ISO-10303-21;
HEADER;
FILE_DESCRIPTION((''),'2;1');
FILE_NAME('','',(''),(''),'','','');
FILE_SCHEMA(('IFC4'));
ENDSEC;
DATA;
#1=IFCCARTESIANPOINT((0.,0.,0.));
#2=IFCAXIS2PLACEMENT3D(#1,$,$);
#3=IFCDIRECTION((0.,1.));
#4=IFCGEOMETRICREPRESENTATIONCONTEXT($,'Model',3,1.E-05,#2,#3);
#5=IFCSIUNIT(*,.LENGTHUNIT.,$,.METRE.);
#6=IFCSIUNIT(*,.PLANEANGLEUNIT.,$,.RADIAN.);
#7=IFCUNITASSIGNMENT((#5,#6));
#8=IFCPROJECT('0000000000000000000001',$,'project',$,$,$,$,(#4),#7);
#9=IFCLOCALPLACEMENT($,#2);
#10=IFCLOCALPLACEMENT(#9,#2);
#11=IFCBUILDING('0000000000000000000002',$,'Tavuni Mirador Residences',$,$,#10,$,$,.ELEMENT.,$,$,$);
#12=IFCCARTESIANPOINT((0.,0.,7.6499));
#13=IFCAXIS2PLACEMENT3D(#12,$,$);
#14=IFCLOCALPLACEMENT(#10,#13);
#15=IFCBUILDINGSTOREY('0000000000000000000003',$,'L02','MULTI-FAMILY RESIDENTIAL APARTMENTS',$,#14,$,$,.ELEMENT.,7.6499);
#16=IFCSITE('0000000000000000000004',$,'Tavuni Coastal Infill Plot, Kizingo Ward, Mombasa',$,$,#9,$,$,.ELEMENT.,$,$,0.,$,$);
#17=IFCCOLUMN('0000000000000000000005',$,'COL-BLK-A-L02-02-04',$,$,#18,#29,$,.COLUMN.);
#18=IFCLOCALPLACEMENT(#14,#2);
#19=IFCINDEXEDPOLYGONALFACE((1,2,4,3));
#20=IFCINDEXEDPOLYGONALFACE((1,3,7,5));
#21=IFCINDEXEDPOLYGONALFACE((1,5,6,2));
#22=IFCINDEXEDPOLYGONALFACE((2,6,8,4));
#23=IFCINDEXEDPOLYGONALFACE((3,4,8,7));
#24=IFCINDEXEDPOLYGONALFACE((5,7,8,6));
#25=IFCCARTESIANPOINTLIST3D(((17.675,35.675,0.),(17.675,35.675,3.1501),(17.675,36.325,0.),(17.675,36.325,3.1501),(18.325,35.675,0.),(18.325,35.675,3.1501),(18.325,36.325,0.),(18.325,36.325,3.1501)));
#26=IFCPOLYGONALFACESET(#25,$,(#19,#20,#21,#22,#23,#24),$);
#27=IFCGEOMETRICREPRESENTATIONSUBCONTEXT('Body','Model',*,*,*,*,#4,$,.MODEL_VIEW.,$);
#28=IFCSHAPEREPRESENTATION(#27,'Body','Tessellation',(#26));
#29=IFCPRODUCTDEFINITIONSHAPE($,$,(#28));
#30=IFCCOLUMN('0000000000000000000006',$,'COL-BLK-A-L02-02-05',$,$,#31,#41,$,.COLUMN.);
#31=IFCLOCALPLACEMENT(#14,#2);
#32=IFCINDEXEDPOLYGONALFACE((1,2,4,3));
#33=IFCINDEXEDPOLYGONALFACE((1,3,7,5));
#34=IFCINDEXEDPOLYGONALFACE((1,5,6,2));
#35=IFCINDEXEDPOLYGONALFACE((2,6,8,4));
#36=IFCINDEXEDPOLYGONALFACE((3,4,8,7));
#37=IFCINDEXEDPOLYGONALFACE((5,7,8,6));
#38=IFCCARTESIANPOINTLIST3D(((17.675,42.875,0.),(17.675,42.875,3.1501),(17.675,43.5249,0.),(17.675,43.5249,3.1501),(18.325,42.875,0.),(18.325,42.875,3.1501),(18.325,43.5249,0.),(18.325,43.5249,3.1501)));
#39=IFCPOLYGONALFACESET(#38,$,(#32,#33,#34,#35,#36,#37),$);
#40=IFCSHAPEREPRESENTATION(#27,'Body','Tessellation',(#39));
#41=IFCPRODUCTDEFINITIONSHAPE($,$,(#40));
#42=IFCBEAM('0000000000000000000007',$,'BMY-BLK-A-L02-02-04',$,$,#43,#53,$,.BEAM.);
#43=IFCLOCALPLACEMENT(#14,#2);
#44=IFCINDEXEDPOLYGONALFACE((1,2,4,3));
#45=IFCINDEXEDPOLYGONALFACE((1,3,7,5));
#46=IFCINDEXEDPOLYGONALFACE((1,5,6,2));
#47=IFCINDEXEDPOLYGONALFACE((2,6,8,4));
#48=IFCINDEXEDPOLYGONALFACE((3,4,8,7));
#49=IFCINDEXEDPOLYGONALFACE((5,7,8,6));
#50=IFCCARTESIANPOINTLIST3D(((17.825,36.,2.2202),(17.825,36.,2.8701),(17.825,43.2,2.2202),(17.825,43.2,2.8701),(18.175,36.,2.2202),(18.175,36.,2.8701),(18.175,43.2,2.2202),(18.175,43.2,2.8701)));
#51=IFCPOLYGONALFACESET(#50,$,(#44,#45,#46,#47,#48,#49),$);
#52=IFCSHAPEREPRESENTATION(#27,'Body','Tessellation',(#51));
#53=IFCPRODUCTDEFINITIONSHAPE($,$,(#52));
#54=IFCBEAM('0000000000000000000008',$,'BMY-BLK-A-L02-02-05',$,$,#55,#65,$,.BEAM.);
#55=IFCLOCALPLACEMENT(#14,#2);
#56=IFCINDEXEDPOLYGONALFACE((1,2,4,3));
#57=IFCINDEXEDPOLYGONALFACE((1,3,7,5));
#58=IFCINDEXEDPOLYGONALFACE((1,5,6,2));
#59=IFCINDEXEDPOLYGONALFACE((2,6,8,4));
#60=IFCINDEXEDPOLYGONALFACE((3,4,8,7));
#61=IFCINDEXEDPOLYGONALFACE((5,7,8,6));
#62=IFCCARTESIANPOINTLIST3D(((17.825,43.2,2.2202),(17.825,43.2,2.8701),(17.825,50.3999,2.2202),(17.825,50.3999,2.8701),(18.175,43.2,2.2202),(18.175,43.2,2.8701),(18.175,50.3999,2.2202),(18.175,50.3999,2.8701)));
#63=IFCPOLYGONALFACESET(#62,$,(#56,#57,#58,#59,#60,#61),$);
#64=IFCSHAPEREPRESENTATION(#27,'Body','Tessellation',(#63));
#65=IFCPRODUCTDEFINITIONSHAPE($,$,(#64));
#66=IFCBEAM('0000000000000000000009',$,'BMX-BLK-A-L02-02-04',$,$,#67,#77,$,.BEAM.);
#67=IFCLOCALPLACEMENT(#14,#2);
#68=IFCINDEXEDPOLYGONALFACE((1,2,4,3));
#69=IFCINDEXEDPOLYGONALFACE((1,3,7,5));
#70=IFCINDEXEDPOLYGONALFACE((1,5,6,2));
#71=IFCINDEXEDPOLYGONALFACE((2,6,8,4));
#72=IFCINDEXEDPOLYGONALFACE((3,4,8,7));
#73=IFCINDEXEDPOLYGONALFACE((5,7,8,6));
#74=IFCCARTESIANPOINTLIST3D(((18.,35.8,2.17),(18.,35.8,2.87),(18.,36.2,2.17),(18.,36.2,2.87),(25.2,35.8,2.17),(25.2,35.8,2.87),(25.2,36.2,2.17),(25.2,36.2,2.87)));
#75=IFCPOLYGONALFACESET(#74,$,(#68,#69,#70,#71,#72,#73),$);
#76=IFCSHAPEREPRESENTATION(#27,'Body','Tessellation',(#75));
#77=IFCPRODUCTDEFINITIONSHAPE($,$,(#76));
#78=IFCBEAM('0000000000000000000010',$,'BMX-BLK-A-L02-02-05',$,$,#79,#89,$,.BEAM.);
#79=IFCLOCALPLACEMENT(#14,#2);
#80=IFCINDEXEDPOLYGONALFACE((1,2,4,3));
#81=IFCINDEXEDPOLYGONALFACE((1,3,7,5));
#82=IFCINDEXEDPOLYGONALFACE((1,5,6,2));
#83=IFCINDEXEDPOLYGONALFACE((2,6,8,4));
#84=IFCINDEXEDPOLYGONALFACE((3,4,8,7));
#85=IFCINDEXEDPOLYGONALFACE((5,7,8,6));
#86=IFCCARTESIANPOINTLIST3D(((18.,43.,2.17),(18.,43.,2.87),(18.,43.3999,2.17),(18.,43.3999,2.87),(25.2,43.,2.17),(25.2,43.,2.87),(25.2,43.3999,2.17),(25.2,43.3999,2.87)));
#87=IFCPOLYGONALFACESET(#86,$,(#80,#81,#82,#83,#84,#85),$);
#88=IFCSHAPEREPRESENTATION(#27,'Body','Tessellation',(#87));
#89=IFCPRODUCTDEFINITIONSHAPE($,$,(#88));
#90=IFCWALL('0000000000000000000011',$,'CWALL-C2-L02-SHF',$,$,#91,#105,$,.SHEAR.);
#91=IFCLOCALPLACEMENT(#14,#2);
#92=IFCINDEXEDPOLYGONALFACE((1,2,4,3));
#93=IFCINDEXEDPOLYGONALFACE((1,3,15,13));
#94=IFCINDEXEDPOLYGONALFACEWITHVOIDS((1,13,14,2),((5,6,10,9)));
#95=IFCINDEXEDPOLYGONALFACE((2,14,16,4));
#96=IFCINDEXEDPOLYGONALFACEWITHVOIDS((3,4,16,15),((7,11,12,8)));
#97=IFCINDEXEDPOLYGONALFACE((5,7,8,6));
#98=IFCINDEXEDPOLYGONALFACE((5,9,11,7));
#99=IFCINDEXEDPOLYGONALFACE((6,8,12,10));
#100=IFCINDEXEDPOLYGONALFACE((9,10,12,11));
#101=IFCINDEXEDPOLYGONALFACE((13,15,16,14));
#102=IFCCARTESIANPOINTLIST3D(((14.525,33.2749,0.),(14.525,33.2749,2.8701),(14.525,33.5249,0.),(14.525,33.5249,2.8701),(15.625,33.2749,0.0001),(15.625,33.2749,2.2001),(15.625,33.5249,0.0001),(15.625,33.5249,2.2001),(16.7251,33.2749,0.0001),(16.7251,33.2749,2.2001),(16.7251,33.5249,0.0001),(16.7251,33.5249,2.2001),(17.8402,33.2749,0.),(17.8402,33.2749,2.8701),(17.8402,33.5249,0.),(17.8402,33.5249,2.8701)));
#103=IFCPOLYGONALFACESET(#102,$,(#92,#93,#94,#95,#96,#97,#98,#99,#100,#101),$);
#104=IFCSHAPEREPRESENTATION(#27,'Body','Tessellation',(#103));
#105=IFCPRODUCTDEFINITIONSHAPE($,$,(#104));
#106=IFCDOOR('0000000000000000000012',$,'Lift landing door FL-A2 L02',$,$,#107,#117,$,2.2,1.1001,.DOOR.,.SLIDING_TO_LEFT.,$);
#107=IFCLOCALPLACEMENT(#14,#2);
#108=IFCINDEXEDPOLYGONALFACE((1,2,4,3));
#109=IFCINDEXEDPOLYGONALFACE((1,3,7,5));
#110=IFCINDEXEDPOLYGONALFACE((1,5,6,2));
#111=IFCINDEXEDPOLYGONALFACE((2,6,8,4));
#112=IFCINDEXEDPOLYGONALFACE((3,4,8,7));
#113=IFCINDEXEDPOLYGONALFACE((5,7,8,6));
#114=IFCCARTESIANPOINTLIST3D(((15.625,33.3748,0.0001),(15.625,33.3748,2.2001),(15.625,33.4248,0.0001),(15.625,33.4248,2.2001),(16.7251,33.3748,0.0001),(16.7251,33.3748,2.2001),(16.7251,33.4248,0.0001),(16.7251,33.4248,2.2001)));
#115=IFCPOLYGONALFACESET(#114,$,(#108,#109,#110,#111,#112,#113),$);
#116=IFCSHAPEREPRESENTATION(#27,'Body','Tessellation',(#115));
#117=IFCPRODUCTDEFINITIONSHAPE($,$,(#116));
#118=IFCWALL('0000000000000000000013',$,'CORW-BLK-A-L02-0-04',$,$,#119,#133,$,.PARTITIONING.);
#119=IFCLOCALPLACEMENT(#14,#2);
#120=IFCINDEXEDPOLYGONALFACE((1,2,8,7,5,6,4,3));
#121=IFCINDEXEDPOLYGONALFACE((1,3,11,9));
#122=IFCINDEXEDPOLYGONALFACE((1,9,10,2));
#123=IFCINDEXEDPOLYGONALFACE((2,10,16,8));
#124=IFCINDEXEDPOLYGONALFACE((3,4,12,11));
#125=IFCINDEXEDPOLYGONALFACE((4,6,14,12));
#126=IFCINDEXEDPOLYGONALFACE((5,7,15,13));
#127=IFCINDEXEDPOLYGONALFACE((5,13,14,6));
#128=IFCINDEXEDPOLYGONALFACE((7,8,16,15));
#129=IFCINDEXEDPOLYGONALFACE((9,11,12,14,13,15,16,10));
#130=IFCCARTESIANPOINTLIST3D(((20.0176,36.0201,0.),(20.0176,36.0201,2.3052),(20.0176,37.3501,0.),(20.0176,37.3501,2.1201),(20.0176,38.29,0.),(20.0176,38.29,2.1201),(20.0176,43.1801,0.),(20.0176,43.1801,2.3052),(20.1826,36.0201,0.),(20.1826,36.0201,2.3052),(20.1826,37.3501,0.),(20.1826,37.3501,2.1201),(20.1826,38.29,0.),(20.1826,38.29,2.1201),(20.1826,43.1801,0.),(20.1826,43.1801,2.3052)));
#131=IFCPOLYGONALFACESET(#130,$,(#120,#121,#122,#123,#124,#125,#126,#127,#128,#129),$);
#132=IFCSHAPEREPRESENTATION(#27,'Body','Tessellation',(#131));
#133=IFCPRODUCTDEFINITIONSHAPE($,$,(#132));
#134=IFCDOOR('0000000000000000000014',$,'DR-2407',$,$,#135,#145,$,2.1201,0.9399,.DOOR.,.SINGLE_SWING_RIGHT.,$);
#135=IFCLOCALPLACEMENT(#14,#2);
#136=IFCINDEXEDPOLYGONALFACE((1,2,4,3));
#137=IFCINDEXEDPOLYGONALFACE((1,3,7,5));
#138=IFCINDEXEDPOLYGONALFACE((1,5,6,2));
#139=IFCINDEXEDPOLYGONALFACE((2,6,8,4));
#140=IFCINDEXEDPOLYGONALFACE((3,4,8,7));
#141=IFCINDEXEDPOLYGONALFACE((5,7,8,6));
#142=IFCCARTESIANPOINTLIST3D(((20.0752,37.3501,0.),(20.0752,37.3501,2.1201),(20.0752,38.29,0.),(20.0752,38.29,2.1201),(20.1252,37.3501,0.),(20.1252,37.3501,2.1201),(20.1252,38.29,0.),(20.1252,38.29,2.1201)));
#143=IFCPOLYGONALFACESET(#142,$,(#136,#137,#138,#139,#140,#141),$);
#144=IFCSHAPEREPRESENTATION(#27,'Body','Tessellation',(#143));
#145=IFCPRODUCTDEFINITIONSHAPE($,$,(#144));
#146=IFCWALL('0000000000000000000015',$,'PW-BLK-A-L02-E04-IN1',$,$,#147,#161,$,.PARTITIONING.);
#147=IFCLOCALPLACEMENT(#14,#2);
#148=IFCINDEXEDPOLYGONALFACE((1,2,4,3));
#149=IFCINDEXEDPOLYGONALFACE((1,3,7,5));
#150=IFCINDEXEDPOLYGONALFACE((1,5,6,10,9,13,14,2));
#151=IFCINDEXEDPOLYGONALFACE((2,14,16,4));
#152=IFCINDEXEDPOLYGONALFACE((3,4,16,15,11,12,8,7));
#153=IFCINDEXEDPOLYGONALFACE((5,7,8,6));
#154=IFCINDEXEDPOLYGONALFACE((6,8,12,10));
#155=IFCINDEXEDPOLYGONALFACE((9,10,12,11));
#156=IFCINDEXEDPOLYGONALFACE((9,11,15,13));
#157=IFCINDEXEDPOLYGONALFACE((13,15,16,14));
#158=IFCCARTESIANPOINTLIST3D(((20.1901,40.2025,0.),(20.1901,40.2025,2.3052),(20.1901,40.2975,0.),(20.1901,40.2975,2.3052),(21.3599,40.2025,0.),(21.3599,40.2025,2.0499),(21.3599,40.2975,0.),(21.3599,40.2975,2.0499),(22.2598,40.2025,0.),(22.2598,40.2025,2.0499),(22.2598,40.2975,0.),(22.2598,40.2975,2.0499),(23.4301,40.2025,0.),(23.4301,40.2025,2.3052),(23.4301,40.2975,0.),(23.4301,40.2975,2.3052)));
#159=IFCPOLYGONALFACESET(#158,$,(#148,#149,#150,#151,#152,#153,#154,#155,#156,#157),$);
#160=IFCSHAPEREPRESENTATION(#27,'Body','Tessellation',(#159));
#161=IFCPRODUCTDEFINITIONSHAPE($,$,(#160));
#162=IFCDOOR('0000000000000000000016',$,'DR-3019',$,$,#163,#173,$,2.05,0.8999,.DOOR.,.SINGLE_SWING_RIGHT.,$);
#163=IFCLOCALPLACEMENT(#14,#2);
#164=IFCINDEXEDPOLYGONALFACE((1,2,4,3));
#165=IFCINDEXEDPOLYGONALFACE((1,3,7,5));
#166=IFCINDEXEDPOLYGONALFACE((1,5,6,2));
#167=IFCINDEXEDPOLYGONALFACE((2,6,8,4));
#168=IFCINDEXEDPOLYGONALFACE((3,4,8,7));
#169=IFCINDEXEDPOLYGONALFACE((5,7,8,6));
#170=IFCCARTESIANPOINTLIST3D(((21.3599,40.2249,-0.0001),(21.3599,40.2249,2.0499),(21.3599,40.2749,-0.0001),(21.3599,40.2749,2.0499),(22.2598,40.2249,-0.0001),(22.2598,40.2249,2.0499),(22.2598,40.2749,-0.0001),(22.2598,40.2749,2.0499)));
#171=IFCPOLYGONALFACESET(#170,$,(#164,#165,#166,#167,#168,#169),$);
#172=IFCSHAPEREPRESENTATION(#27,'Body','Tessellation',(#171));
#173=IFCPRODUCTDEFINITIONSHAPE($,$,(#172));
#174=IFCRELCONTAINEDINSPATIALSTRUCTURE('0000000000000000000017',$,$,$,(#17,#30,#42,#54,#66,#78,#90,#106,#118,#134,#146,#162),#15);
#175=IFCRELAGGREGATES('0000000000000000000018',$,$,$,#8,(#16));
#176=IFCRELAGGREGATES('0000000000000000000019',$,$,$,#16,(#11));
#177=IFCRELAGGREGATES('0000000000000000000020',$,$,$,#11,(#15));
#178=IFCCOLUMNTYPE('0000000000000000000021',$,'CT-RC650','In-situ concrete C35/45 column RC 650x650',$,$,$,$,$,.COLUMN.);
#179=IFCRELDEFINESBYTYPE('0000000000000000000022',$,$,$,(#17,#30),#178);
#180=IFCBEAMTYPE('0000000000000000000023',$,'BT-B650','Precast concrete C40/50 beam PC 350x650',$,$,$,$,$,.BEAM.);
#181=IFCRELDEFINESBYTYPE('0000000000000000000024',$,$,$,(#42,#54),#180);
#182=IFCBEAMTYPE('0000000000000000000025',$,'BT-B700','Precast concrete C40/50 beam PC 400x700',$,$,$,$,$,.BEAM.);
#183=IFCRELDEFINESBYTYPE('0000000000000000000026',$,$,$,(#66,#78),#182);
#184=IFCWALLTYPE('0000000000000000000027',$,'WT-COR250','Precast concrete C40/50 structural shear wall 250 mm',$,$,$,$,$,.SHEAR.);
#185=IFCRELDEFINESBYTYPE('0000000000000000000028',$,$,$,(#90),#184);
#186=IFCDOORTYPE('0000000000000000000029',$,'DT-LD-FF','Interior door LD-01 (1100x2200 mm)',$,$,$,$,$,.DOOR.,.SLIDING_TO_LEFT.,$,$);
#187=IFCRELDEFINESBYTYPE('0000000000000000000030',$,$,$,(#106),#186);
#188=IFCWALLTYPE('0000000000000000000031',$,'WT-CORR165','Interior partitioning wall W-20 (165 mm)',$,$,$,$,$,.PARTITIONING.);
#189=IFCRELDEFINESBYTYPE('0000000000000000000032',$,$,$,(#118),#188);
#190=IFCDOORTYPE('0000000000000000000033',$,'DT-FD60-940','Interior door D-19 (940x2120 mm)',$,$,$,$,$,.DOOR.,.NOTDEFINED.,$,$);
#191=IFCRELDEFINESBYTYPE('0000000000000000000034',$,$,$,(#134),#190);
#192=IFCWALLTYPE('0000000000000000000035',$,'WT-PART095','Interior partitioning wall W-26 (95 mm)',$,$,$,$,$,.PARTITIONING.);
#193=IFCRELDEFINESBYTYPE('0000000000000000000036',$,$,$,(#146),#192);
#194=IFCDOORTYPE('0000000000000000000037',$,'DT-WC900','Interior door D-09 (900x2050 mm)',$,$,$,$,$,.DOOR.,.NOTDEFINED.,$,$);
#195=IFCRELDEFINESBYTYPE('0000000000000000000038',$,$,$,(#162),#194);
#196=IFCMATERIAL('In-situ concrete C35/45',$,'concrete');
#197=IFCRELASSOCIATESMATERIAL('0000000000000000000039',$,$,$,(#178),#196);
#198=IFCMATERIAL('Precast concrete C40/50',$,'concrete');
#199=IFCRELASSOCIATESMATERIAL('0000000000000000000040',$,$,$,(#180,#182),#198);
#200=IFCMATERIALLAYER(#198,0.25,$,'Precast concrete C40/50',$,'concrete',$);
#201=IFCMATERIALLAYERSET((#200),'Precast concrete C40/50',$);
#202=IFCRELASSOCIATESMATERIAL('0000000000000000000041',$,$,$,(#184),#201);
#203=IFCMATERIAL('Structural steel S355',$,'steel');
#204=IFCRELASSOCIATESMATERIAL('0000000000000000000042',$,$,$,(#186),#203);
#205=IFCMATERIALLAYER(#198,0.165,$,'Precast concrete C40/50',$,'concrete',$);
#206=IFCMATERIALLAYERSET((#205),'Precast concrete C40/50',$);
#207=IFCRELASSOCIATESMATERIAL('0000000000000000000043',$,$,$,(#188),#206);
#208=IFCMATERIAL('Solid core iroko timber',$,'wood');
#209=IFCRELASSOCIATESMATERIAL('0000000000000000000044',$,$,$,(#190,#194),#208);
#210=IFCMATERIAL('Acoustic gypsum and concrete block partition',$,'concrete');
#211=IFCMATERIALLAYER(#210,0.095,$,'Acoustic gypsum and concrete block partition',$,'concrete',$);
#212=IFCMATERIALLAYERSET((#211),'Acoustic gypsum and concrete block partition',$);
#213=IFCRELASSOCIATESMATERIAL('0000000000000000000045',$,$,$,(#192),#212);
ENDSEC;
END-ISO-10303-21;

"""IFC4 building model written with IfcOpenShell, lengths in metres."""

from ifc_helpers import new_model, si_unit, direction, frame, frame_2d, origin, origin_2d, place, context, subcontext, project, spatial, rectangle, extrude, material, layer, layer_set, material_profile, profile_set, type_object, element, fill, save


model = new_model("IFC4")

# Units and contexts
model_context = context("Model", 3, precision=1e-05, world=origin(), true_north=direction((0.0, 1.0)))
body_context = subcontext(model_context, "Body", "Model", "MODEL_VIEW")
ifc_project = project(units=[si_unit("LENGTHUNIT", "METRE"), si_unit("PLANEANGLEUNIT", "RADIAN")], contexts=[model_context])

# Site, building, storey
site_placement = place(None, origin())
site = spatial("IfcSite", under=ifc_project, at=site_placement, Name="Tavuni Coastal Infill Plot, Kizingo Ward, Mombasa", CompositionType="ELEMENT", RefElevation=0.0)
building_placement = place(site_placement, origin())
building = spatial("IfcBuilding", under=site, at=building_placement, Name="Tavuni Mirador Residences", CompositionType="ELEMENT")
storey_placement = place(building_placement, frame((0.0, 0.0, 7.6499)))
storey = spatial("IfcBuildingStorey", under=building, at=storey_placement, Name="L02", Description="MULTI-FAMILY RESIDENTIAL APARTMENTS", CompositionType="ELEMENT", Elevation=7.6499)

# Columns
ifc_material_1 = material(Name="In-situ concrete C35/45", Category="concrete")
ifc_material_profile_1 = material_profile(ifc_material_1, rectangle(XDim=0.6499, YDim=0.6499, at=origin_2d()), Name="RC 650x650", Category="concrete")
ifc_profile_set_1 = profile_set([ifc_material_profile_1], Name="In-situ concrete C35/45")
column_type = type_object("IfcColumnType", Name="CT-RC650", Description="In-situ concrete C35/45 column RC 650x650", PredefinedType="COLUMN", material=ifc_profile_set_1)
for number, where, z_axis, x_axis, name in (
    (1, (18.0, 36.0, 0.0), (0.0, 0.0, 1.0), (1.0, 0.0, 0.0), "COL-BLK-A-L02-02-04"),
    (2, (18.0, 43.2, 0.0), (0.0, 0.0, 1.0), (1.0, 0.0, 0.0), "COL-BLK-A-L02-02-05"),
):
    element("IfcColumn", number, at=place(storey_placement, frame(where, z_axis=z_axis, x_axis=x_axis)), inside=storey, type_object=column_type, Name=name, PredefinedType="COLUMN", context=body_context, shape_type="SweptSolid", body=[
        extrude(rectangle(XDim=0.6499, YDim=0.6499, at=origin_2d()), origin(), (0.0, 0.0, 1.0), 3.1501),
    ])

# Beams
ifc_material_2 = material(Name="Precast concrete C40/50", Category="concrete")
ifc_material_profile_2 = material_profile(ifc_material_2, rectangle(XDim=0.3501, YDim=0.6499, at=origin_2d()), Name="PC 350x650", Category="concrete")
ifc_profile_set_2 = profile_set([ifc_material_profile_2], Name="Precast concrete C40/50")
beam_type_1 = type_object("IfcBeamType", Name="BT-B650", Description="Precast concrete C40/50 beam PC 350x650", PredefinedType="BEAM", material=ifc_profile_set_2)
for number, where, z_axis, x_axis, name in (
    (3, (18.0, 36.0, 2.5452), (0.0, 1.0, 0.0), (-1.0, 0.0, 0.0), "BMY-BLK-A-L02-02-04"),
    (4, (18.0, 43.2, 2.5452), (0.0, 1.0, 0.0), (-1.0, 0.0, 0.0), "BMY-BLK-A-L02-02-05"),
):
    element("IfcBeam", number, at=place(storey_placement, frame(where, z_axis=z_axis, x_axis=x_axis)), inside=storey, type_object=beam_type_1, Name=name, PredefinedType="BEAM", context=body_context, shape_type="SweptSolid", body=[
        extrude(rectangle(XDim=0.3501, YDim=0.6499, at=origin_2d()), origin(), (0.0, 0.0, 1.0), 7.2),
    ])
ifc_material_profile_3 = material_profile(ifc_material_2, rectangle(XDim=0.3999, YDim=0.7, at=origin_2d()), Name="PC 400x700", Category="concrete")
ifc_profile_set_3 = profile_set([ifc_material_profile_3], Name="Precast concrete C40/50")
beam_type_2 = type_object("IfcBeamType", Name="BT-B700", Description="Precast concrete C40/50 beam PC 400x700", PredefinedType="BEAM", material=ifc_profile_set_3)
for number, where, z_axis, x_axis, name in (
    (5, (18.0, 36.0, 2.52), (1.0, 0.0, 0.0), (0.0, 1.0, 0.0), "BMX-BLK-A-L02-02-04"),
    (6, (18.0, 43.2, 2.52), (1.0, 0.0, 0.0), (0.0, 1.0, 0.0), "BMX-BLK-A-L02-02-05"),
):
    element("IfcBeam", number, at=place(storey_placement, frame(where, z_axis=z_axis, x_axis=x_axis)), inside=storey, type_object=beam_type_2, Name=name, PredefinedType="BEAM", context=body_context, shape_type="SweptSolid", body=[
        extrude(rectangle(XDim=0.3999, YDim=0.7, at=origin_2d()), origin(), (0.0, 0.0, 1.0), 7.2),
    ])

# Walls, openings, doors
ifc_layer_1 = layer(ifc_material_2, 0.25, Name="Precast concrete C40/50", Category="concrete")
ifc_layer_set_1 = layer_set([ifc_layer_1], Name="Precast concrete C40/50")
wall_type_1 = type_object("IfcWallType", Name="WT-COR250", Description="Precast concrete C40/50 structural shear wall 250 mm", PredefinedType="SHEAR", material=ifc_layer_set_1)
wall_1_placement = place(storey_placement, frame((14.5249, 33.3999, 0.0), z_axis=(0.0, 0.0, 1.0), x_axis=(1.0, 0.0, 0.0)))
wall_1 = element("IfcWall", 7, at=wall_1_placement, inside=storey, type_object=wall_type_1, Name="CWALL-C2-L02-SHF", PredefinedType="SHEAR", context=body_context, shape_type="SweptSolid", body=[
    extrude(rectangle(XDim=3.3152, YDim=0.25, at=frame_2d((1.6577, 0.0))), origin(), (0.0, 0.0, 1.0), 2.8701),
])
opening_1_placement = place(wall_1_placement, frame((1.1001, 0.0, 0.0)))
opening_1 = element("IfcOpeningElement", 8, at=opening_1_placement, cuts=wall_1, PredefinedType="OPENING", context=body_context, shape_type="SweptSolid", body=[
    extrude(rectangle(XDim=1.1001, YDim=2.2, at=frame_2d((0.55, 1.1001))), frame((0.0, 0.135, 0.0), z_axis=(0.0, -1.0, 0.0), x_axis=(1.0, 0.0, 0.0)), (0.0, 0.0, 1.0), 0.27),
])
ifc_material_3 = material(Name="Structural steel S355", Category="steel")
door_type_1 = type_object("IfcDoorType", Name="DT-LD-FF", Description="Interior door LD-01 (1100x2200 mm)", OperationType="SLIDING_TO_LEFT", PredefinedType="DOOR", material=ifc_material_3)
door_1_placement = place(opening_1_placement, origin())
door_1 = element("IfcDoor", 9, at=door_1_placement, inside=storey, type_object=door_type_1, Name="Lift landing door FL-A2 L02", OperationType="SLIDING_TO_LEFT", OverallHeight=2.2, OverallWidth=1.1001, PredefinedType="DOOR", context=body_context, shape_type="SweptSolid", body=[
    extrude(rectangle(XDim=1.1001, YDim=2.2, at=frame_2d((0.55, 1.1001))), frame((0.0, 0.0249, 0.0), z_axis=(0.0, -1.0, 0.0), x_axis=(1.0, 0.0, 0.0)), (0.0, 0.0, 1.0), 0.05),
])
fill(opening_1, door_1)
ifc_material_4 = material(Name="Solid core iroko timber", Category="wood")
ifc_layer_2 = layer(ifc_material_2, 0.165, Name="Precast concrete C40/50", Category="concrete")
ifc_layer_set_2 = layer_set([ifc_layer_2], Name="Precast concrete C40/50")
wall_type_2 = type_object("IfcWallType", Name="WT-CORR165", Description="Interior partitioning wall W-20 (165 mm)", PredefinedType="PARTITIONING", material=ifc_layer_set_2)
wall_2_placement = place(storey_placement, frame((20.1001, 36.02, 0.0), z_axis=(0.0, 0.0, 1.0), x_axis=(0.0, 1.0, 0.0)))
wall_2 = element("IfcWall", 10, at=wall_2_placement, inside=storey, type_object=wall_type_2, Name="CORW-BLK-A-L02-0-04", PredefinedType="PARTITIONING", context=body_context, shape_type="SweptSolid", body=[
    extrude(rectangle(XDim=7.1599, YDim=0.165, at=frame_2d((3.5801, 0.0))), origin(), (0.0, 0.0, 1.0), 2.3052),
])
opening_2_placement = place(wall_2_placement, frame((1.3301, 0.0, 0.0)))
opening_2 = element("IfcOpeningElement", 11, at=opening_2_placement, cuts=wall_2, PredefinedType="OPENING", context=body_context, shape_type="SweptSolid", body=[
    extrude(rectangle(XDim=0.9399, YDim=2.1201, at=frame_2d((0.47, 1.0601))), frame((0.0, 0.0925, 0.0), z_axis=(0.0, -1.0, 0.0), x_axis=(1.0, 0.0, 0.0)), (0.0, 0.0, 1.0), 0.1851),
])
door_type_2 = type_object("IfcDoorType", Name="DT-FD60-940", Description="Interior door D-19 (940x2120 mm)", OperationType="NOTDEFINED", PredefinedType="DOOR", material=ifc_material_4)
door_2_placement = place(opening_2_placement, origin())
door_2 = element("IfcDoor", 12, at=door_2_placement, inside=storey, type_object=door_type_2, Name="DR-2407", OperationType="SINGLE_SWING_RIGHT", OverallHeight=2.1201, OverallWidth=0.9399, PredefinedType="DOOR", context=body_context, shape_type="SweptSolid", body=[
    extrude(rectangle(XDim=0.9399, YDim=2.1201, at=frame_2d((0.47, 1.0601))), frame((0.0, 0.0249, 0.0), z_axis=(0.0, -1.0, 0.0), x_axis=(1.0, 0.0, 0.0)), (0.0, 0.0, 1.0), 0.05),
])
fill(opening_2, door_2)
ifc_material_5 = material(Name="Acoustic gypsum and concrete block partition", Category="concrete")
ifc_layer_3 = layer(ifc_material_5, 0.095, Name="Acoustic gypsum and concrete block partition", Category="concrete")
ifc_layer_set_3 = layer_set([ifc_layer_3], Name="Acoustic gypsum and concrete block partition")
wall_type_3 = type_object("IfcWallType", Name="WT-PART095", Description="Interior partitioning wall W-26 (95 mm)", PredefinedType="PARTITIONING", material=ifc_layer_set_3)
wall_3_placement = place(storey_placement, frame((20.1899, 40.25, 0.0), z_axis=(0.0, 0.0, 1.0), x_axis=(1.0, 0.0, 0.0)))
wall_3 = element("IfcWall", 13, at=wall_3_placement, inside=storey, type_object=wall_type_3, Name="PW-BLK-A-L02-E04-IN1", PredefinedType="PARTITIONING", context=body_context, shape_type="SweptSolid", body=[
    extrude(rectangle(XDim=3.24, YDim=0.095, at=frame_2d((1.6201, 0.0))), origin(), (0.0, 0.0, 1.0), 2.3052),
])
opening_3_placement = place(wall_3_placement, frame((1.1699, 0.0, 0.0)))
opening_3 = element("IfcOpeningElement", 14, at=opening_3_placement, cuts=wall_3, PredefinedType="OPENING", context=body_context, shape_type="SweptSolid", body=[
    extrude(rectangle(XDim=0.8999, YDim=2.05, at=frame_2d((0.45, 1.0249))), frame((0.0, 0.0576, 0.0), z_axis=(0.0, -1.0, 0.0), x_axis=(1.0, 0.0, 0.0)), (0.0, 0.0, 1.0), 0.115),
])
door_type_3 = type_object("IfcDoorType", Name="DT-WC900", Description="Interior door D-09 (900x2050 mm)", OperationType="NOTDEFINED", PredefinedType="DOOR", material=ifc_material_4)
door_3_placement = place(opening_3_placement, origin())
door_3 = element("IfcDoor", 15, at=door_3_placement, inside=storey, type_object=door_type_3, Name="DR-3019", OperationType="SINGLE_SWING_RIGHT", OverallHeight=2.05, OverallWidth=0.8999, PredefinedType="DOOR", context=body_context, shape_type="SweptSolid", body=[
    extrude(rectangle(XDim=0.8999, YDim=2.05, at=frame_2d((0.45, 1.0249))), frame((0.0, 0.0249, 0.0), z_axis=(0.0, -1.0, 0.0), x_axis=(1.0, 0.0, 0.0)), (0.0, 0.0, 1.0), 0.05),
])
fill(opening_3, door_3)

save(model, "model.ifc")
